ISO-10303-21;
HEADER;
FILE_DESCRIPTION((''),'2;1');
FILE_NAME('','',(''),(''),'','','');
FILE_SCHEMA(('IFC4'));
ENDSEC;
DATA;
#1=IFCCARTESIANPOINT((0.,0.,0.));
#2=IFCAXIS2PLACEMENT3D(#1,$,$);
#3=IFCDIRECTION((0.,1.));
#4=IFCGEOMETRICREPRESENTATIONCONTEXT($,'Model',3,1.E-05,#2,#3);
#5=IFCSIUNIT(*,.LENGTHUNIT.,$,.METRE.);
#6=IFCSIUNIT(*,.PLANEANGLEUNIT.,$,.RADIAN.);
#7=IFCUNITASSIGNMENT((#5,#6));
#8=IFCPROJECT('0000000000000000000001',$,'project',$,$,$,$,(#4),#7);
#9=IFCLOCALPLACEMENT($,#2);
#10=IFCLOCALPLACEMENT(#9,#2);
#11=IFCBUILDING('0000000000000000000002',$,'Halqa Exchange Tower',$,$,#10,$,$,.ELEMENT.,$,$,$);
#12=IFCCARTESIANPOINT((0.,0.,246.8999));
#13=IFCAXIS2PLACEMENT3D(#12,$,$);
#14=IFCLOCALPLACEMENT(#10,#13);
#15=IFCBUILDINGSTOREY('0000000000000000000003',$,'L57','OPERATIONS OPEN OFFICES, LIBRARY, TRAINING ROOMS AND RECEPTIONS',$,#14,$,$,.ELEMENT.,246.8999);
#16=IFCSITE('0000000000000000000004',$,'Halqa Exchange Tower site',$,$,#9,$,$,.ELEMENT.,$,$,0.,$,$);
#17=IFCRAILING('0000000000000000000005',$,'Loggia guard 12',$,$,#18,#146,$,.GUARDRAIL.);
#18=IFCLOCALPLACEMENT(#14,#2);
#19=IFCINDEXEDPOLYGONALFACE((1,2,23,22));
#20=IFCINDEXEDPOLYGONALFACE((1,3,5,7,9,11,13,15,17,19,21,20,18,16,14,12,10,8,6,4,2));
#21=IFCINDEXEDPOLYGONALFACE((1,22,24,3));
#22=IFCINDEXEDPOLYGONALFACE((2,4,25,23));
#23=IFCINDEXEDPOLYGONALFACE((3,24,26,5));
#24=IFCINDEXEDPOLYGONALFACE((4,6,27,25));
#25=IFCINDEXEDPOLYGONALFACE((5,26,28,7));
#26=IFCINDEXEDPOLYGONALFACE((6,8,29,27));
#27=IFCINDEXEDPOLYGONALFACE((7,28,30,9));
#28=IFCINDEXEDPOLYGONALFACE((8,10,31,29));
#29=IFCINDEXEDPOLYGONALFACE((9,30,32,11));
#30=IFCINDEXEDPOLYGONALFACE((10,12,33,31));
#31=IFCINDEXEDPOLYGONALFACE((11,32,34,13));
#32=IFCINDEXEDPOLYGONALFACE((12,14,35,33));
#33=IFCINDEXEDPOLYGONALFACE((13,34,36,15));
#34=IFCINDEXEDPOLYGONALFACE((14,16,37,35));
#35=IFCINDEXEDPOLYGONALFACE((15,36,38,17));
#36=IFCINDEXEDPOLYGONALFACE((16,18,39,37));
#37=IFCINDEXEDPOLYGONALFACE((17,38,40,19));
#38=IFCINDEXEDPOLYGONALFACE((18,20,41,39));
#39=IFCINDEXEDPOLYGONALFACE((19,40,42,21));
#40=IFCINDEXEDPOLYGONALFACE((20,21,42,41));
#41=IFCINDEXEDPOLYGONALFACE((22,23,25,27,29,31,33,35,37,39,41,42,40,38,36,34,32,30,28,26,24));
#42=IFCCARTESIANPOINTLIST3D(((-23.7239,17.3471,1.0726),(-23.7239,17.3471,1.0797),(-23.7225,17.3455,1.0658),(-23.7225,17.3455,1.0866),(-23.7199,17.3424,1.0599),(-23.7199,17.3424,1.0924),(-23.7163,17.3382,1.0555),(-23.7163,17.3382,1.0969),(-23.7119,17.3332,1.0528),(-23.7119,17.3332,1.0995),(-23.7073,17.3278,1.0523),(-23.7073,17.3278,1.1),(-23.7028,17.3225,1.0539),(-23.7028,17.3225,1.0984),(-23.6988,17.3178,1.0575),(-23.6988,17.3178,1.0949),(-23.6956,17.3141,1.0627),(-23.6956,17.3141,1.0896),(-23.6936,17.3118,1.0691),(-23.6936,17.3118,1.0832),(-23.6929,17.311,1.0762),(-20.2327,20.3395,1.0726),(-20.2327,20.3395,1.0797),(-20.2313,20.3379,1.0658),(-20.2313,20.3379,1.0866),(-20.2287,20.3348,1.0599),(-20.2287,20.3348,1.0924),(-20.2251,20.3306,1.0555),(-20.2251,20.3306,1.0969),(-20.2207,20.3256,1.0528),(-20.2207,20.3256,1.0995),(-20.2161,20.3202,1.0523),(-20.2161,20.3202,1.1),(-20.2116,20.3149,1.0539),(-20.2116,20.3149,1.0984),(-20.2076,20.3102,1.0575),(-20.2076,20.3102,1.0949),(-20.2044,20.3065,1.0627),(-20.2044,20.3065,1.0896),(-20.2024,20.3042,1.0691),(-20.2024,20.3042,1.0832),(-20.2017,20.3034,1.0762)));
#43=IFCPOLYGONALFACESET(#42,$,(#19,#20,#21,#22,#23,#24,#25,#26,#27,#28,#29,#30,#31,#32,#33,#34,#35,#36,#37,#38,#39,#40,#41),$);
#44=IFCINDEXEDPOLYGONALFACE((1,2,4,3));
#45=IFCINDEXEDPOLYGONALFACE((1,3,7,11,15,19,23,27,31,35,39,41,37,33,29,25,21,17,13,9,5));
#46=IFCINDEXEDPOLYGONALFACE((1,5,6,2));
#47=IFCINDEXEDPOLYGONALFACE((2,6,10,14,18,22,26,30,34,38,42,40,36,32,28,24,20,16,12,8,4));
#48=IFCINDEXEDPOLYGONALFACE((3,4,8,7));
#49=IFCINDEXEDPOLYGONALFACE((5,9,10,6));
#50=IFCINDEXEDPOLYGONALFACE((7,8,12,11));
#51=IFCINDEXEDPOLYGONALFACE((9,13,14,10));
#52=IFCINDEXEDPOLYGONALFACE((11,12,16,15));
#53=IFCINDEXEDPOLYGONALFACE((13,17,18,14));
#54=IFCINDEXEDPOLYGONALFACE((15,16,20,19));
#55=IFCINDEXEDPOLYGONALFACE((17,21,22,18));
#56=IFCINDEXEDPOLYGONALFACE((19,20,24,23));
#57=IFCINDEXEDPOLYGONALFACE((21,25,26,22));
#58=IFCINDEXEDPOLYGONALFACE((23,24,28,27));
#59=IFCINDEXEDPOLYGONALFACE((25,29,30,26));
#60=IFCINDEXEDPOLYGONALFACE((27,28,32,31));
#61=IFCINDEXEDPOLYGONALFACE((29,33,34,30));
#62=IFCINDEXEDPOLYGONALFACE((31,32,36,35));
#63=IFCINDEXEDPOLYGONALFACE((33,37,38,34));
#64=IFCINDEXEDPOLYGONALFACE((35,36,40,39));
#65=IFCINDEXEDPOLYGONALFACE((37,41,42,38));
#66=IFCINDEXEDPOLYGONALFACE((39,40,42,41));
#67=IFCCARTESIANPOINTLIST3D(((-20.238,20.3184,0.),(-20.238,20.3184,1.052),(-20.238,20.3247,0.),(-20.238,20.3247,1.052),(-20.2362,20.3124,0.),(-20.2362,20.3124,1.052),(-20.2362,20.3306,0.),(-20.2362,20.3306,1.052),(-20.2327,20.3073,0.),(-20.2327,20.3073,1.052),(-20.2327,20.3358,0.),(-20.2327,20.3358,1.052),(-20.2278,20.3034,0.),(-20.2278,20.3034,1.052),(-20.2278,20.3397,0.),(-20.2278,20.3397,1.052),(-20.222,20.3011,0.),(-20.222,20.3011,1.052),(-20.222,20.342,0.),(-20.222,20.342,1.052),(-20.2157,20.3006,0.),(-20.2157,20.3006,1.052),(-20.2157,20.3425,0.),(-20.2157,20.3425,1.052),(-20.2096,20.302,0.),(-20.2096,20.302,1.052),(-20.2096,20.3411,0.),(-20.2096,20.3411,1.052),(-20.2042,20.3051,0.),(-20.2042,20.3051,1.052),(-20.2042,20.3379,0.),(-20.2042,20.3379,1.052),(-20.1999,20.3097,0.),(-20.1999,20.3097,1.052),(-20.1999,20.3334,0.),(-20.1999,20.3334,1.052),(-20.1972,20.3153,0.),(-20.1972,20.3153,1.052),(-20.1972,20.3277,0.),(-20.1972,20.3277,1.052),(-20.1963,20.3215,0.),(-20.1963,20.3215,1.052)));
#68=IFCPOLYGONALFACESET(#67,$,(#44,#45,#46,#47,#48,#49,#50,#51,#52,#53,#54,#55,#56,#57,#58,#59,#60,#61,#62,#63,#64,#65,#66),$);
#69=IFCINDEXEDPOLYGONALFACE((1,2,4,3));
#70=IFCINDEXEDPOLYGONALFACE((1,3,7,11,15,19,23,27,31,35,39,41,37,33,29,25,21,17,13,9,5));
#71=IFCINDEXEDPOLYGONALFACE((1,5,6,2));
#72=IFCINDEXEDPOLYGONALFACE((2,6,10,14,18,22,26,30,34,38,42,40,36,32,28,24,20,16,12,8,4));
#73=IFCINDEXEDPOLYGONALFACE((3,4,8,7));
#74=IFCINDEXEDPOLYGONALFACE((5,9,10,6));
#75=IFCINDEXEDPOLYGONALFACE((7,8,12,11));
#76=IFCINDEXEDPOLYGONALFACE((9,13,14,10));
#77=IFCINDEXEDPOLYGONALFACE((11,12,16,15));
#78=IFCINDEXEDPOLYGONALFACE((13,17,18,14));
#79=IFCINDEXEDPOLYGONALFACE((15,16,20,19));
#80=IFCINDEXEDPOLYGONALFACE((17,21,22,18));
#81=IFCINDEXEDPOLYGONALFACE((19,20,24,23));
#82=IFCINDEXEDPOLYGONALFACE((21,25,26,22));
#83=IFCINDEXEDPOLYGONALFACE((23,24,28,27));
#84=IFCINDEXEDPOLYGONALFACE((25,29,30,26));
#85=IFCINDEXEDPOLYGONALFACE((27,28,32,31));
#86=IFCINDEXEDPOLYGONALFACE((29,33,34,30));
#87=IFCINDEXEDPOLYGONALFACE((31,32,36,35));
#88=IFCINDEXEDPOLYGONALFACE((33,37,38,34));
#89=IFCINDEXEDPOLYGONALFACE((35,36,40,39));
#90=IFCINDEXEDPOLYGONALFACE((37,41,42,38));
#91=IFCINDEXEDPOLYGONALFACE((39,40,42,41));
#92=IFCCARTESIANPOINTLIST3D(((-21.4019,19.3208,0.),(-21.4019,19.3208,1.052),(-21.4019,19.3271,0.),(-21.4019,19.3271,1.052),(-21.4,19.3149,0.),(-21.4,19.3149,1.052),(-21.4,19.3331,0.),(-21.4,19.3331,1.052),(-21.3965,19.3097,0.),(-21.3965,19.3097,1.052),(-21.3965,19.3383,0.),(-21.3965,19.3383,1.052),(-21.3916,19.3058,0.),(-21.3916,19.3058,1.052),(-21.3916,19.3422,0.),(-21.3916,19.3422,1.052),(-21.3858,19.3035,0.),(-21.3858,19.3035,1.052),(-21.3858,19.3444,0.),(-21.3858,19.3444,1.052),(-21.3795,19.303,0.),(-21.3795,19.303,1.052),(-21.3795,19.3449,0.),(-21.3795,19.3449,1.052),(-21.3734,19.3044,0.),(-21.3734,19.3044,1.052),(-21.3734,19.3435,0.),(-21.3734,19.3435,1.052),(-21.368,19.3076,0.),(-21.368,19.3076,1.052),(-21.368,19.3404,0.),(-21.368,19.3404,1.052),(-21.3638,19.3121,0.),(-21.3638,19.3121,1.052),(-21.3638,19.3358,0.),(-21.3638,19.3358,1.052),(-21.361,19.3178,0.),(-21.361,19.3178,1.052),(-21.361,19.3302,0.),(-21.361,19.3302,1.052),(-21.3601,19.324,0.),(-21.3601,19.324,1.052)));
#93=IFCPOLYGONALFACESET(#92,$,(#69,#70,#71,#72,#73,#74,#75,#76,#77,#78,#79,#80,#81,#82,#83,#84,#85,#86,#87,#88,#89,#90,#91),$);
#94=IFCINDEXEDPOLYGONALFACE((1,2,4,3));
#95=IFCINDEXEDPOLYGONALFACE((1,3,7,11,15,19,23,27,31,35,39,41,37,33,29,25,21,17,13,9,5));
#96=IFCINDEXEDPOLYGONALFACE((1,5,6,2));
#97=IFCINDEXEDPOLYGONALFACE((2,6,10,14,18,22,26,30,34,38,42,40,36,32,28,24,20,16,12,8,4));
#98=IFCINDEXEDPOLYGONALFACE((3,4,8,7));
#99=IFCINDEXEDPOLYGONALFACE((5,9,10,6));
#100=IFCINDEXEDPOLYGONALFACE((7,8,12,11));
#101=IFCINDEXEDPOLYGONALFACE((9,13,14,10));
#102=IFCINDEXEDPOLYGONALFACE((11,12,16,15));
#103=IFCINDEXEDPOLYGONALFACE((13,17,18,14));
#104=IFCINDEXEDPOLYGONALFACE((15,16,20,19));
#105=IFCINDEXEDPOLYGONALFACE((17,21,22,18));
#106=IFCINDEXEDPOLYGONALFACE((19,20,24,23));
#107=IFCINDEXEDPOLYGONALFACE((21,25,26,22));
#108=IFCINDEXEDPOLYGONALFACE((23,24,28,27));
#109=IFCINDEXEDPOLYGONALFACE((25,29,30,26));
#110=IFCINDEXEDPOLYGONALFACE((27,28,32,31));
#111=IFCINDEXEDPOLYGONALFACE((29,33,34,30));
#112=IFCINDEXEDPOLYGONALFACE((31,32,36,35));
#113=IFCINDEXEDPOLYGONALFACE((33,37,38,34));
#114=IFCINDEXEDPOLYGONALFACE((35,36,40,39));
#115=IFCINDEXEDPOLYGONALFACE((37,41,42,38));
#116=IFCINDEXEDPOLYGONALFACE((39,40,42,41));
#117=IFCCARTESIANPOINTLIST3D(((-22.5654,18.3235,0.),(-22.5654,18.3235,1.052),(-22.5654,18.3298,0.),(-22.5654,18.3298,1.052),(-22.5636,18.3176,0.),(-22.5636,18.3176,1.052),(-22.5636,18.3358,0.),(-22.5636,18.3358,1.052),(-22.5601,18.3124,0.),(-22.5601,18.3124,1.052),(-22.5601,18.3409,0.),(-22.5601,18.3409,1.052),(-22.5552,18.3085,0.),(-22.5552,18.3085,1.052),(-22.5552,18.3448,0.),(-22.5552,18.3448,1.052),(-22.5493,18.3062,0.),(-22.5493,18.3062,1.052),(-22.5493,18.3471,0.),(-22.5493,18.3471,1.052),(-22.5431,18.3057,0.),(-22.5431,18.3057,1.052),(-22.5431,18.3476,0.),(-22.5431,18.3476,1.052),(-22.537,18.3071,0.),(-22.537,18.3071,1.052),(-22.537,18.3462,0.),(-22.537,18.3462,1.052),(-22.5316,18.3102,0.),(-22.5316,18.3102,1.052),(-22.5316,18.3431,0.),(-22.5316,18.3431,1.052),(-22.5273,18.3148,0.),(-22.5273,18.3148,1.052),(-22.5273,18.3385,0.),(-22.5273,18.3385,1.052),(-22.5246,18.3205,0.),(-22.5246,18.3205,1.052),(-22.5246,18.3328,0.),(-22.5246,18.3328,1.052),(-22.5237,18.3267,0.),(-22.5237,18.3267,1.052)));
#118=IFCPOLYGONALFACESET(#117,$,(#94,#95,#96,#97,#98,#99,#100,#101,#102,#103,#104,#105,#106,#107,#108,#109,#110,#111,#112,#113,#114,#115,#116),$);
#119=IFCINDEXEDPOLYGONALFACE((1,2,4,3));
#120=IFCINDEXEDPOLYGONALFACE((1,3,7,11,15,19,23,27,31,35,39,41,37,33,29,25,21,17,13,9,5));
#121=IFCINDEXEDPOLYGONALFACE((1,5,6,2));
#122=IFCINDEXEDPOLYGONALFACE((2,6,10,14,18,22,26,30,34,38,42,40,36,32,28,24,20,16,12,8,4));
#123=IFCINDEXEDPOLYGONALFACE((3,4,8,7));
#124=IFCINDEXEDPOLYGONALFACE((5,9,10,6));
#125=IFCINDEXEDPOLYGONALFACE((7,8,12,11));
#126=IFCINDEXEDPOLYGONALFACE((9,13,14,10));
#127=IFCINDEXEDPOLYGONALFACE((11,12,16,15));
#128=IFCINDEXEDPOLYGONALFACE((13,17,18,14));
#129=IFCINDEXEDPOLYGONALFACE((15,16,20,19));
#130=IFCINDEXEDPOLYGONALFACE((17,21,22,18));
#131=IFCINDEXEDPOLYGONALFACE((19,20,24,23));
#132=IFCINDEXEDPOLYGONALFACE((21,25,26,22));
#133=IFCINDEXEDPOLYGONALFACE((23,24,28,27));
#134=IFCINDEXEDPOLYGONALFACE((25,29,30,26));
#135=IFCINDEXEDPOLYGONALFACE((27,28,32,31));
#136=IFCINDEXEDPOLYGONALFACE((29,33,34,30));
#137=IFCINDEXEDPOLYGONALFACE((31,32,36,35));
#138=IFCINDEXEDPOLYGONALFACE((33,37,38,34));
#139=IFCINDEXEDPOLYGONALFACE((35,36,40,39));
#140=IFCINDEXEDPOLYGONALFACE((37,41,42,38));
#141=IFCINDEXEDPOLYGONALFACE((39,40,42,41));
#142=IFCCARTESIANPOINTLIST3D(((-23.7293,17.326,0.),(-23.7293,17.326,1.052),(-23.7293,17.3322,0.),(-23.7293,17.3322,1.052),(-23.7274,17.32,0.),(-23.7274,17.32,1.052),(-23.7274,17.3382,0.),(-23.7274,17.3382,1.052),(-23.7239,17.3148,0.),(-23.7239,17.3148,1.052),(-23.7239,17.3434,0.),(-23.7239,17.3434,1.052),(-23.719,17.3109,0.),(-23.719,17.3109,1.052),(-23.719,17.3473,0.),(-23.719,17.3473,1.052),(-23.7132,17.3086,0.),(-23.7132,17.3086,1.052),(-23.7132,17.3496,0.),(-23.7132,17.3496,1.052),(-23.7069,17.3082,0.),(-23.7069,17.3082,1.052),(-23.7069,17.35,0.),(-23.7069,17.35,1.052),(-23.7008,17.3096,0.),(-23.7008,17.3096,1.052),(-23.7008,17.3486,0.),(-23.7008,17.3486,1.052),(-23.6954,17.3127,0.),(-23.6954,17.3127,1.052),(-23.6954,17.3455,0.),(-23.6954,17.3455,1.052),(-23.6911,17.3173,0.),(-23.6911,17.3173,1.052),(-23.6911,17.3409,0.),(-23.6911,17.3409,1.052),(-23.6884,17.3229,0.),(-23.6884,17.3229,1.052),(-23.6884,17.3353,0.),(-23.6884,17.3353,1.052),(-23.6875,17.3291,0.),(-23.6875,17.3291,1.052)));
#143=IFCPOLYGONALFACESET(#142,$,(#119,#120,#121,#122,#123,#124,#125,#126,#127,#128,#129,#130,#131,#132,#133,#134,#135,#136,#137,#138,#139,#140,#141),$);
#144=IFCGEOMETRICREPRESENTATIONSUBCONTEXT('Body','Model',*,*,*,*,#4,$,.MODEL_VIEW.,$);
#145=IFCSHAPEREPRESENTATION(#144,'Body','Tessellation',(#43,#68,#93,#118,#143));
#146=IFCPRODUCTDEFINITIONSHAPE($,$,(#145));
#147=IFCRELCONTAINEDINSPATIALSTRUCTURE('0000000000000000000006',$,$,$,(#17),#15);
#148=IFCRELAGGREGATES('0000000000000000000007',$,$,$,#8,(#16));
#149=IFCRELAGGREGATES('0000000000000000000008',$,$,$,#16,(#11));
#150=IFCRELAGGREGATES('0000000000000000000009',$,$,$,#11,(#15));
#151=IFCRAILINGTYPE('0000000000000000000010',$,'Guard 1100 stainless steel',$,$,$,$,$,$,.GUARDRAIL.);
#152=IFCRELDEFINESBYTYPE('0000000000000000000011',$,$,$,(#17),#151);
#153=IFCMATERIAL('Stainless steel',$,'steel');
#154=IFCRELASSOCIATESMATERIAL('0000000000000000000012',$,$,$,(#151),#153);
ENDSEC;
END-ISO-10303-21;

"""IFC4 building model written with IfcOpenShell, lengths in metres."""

from ifc_helpers import new_model, si_unit, direction, frame, origin, origin_2d, place, context, subcontext, project, spatial, circle, extrude, material, type_object, element, save


model = new_model("IFC4")

# Units and contexts
model_context = context("Model", 3, precision=1e-05, world=origin(), true_north=direction((0.0, 1.0)))
body_context = subcontext(model_context, "Body", "Model", "MODEL_VIEW")
ifc_project = project(units=[si_unit("LENGTHUNIT", "METRE"), si_unit("PLANEANGLEUNIT", "RADIAN")], contexts=[model_context])

# Site, building, storey
site_placement = place(None, origin())
site = spatial("IfcSite", under=ifc_project, at=site_placement, Name="Halqa Exchange Tower site", CompositionType="ELEMENT", RefElevation=0.0)
building_placement = place(site_placement, origin())
building = spatial("IfcBuilding", under=site, at=building_placement, Name="Halqa Exchange Tower", CompositionType="ELEMENT")
storey_placement = place(building_placement, frame((0.0, 0.0, 246.8999)))
storey = spatial("IfcBuildingStorey", under=building, at=storey_placement, Name="L57", Description="OPERATIONS OPEN OFFICES, LIBRARY, TRAINING ROOMS AND RECEPTIONS", CompositionType="ELEMENT", Elevation=246.8999)

# Railing
ifc_material_1 = material(Name="Stainless steel", Category="steel")
railing_type = type_object("IfcRailingType", Name="Guard 1100 stainless steel", PredefinedType="GUARDRAIL", material=ifc_material_1)
railing_1_placement = place(storey_placement, frame((-20.2173, 20.3215, 0.0)))
element("IfcRailing", 1, at=railing_1_placement, inside=storey, type_object=railing_type, Name="Loggia guard 12", PredefinedType="GUARDRAIL", context=body_context, shape_type="SweptSolid", body=[
    extrude(circle(Radius=0.0239, at=origin_2d()), frame((0.0, 0.0, 1.0762), z_axis=(-0.75926, -0.650787, 0.0), x_axis=(0.650787, -0.75926, 0.0)), (0.0, 0.0, 1.0), 4.5981),
    extrude(circle(Radius=0.021, at=origin_2d()), origin(), (0.0, 0.0, 1.0), 1.052),
    extrude(circle(Radius=0.021, at=origin_2d()), frame((-1.1638, -0.9976, 0.0)), (0.0, 0.0, 1.0), 1.052),
    extrude(circle(Radius=0.021, at=origin_2d()), frame((-2.3274, -1.9949, 0.0)), (0.0, 0.0, 1.0), 1.052),
    extrude(circle(Radius=0.021, at=origin_2d()), frame((-3.4912, -2.9924, 0.0)), (0.0, 0.0, 1.0), 1.052),
])

save(model, "model.ifc")
